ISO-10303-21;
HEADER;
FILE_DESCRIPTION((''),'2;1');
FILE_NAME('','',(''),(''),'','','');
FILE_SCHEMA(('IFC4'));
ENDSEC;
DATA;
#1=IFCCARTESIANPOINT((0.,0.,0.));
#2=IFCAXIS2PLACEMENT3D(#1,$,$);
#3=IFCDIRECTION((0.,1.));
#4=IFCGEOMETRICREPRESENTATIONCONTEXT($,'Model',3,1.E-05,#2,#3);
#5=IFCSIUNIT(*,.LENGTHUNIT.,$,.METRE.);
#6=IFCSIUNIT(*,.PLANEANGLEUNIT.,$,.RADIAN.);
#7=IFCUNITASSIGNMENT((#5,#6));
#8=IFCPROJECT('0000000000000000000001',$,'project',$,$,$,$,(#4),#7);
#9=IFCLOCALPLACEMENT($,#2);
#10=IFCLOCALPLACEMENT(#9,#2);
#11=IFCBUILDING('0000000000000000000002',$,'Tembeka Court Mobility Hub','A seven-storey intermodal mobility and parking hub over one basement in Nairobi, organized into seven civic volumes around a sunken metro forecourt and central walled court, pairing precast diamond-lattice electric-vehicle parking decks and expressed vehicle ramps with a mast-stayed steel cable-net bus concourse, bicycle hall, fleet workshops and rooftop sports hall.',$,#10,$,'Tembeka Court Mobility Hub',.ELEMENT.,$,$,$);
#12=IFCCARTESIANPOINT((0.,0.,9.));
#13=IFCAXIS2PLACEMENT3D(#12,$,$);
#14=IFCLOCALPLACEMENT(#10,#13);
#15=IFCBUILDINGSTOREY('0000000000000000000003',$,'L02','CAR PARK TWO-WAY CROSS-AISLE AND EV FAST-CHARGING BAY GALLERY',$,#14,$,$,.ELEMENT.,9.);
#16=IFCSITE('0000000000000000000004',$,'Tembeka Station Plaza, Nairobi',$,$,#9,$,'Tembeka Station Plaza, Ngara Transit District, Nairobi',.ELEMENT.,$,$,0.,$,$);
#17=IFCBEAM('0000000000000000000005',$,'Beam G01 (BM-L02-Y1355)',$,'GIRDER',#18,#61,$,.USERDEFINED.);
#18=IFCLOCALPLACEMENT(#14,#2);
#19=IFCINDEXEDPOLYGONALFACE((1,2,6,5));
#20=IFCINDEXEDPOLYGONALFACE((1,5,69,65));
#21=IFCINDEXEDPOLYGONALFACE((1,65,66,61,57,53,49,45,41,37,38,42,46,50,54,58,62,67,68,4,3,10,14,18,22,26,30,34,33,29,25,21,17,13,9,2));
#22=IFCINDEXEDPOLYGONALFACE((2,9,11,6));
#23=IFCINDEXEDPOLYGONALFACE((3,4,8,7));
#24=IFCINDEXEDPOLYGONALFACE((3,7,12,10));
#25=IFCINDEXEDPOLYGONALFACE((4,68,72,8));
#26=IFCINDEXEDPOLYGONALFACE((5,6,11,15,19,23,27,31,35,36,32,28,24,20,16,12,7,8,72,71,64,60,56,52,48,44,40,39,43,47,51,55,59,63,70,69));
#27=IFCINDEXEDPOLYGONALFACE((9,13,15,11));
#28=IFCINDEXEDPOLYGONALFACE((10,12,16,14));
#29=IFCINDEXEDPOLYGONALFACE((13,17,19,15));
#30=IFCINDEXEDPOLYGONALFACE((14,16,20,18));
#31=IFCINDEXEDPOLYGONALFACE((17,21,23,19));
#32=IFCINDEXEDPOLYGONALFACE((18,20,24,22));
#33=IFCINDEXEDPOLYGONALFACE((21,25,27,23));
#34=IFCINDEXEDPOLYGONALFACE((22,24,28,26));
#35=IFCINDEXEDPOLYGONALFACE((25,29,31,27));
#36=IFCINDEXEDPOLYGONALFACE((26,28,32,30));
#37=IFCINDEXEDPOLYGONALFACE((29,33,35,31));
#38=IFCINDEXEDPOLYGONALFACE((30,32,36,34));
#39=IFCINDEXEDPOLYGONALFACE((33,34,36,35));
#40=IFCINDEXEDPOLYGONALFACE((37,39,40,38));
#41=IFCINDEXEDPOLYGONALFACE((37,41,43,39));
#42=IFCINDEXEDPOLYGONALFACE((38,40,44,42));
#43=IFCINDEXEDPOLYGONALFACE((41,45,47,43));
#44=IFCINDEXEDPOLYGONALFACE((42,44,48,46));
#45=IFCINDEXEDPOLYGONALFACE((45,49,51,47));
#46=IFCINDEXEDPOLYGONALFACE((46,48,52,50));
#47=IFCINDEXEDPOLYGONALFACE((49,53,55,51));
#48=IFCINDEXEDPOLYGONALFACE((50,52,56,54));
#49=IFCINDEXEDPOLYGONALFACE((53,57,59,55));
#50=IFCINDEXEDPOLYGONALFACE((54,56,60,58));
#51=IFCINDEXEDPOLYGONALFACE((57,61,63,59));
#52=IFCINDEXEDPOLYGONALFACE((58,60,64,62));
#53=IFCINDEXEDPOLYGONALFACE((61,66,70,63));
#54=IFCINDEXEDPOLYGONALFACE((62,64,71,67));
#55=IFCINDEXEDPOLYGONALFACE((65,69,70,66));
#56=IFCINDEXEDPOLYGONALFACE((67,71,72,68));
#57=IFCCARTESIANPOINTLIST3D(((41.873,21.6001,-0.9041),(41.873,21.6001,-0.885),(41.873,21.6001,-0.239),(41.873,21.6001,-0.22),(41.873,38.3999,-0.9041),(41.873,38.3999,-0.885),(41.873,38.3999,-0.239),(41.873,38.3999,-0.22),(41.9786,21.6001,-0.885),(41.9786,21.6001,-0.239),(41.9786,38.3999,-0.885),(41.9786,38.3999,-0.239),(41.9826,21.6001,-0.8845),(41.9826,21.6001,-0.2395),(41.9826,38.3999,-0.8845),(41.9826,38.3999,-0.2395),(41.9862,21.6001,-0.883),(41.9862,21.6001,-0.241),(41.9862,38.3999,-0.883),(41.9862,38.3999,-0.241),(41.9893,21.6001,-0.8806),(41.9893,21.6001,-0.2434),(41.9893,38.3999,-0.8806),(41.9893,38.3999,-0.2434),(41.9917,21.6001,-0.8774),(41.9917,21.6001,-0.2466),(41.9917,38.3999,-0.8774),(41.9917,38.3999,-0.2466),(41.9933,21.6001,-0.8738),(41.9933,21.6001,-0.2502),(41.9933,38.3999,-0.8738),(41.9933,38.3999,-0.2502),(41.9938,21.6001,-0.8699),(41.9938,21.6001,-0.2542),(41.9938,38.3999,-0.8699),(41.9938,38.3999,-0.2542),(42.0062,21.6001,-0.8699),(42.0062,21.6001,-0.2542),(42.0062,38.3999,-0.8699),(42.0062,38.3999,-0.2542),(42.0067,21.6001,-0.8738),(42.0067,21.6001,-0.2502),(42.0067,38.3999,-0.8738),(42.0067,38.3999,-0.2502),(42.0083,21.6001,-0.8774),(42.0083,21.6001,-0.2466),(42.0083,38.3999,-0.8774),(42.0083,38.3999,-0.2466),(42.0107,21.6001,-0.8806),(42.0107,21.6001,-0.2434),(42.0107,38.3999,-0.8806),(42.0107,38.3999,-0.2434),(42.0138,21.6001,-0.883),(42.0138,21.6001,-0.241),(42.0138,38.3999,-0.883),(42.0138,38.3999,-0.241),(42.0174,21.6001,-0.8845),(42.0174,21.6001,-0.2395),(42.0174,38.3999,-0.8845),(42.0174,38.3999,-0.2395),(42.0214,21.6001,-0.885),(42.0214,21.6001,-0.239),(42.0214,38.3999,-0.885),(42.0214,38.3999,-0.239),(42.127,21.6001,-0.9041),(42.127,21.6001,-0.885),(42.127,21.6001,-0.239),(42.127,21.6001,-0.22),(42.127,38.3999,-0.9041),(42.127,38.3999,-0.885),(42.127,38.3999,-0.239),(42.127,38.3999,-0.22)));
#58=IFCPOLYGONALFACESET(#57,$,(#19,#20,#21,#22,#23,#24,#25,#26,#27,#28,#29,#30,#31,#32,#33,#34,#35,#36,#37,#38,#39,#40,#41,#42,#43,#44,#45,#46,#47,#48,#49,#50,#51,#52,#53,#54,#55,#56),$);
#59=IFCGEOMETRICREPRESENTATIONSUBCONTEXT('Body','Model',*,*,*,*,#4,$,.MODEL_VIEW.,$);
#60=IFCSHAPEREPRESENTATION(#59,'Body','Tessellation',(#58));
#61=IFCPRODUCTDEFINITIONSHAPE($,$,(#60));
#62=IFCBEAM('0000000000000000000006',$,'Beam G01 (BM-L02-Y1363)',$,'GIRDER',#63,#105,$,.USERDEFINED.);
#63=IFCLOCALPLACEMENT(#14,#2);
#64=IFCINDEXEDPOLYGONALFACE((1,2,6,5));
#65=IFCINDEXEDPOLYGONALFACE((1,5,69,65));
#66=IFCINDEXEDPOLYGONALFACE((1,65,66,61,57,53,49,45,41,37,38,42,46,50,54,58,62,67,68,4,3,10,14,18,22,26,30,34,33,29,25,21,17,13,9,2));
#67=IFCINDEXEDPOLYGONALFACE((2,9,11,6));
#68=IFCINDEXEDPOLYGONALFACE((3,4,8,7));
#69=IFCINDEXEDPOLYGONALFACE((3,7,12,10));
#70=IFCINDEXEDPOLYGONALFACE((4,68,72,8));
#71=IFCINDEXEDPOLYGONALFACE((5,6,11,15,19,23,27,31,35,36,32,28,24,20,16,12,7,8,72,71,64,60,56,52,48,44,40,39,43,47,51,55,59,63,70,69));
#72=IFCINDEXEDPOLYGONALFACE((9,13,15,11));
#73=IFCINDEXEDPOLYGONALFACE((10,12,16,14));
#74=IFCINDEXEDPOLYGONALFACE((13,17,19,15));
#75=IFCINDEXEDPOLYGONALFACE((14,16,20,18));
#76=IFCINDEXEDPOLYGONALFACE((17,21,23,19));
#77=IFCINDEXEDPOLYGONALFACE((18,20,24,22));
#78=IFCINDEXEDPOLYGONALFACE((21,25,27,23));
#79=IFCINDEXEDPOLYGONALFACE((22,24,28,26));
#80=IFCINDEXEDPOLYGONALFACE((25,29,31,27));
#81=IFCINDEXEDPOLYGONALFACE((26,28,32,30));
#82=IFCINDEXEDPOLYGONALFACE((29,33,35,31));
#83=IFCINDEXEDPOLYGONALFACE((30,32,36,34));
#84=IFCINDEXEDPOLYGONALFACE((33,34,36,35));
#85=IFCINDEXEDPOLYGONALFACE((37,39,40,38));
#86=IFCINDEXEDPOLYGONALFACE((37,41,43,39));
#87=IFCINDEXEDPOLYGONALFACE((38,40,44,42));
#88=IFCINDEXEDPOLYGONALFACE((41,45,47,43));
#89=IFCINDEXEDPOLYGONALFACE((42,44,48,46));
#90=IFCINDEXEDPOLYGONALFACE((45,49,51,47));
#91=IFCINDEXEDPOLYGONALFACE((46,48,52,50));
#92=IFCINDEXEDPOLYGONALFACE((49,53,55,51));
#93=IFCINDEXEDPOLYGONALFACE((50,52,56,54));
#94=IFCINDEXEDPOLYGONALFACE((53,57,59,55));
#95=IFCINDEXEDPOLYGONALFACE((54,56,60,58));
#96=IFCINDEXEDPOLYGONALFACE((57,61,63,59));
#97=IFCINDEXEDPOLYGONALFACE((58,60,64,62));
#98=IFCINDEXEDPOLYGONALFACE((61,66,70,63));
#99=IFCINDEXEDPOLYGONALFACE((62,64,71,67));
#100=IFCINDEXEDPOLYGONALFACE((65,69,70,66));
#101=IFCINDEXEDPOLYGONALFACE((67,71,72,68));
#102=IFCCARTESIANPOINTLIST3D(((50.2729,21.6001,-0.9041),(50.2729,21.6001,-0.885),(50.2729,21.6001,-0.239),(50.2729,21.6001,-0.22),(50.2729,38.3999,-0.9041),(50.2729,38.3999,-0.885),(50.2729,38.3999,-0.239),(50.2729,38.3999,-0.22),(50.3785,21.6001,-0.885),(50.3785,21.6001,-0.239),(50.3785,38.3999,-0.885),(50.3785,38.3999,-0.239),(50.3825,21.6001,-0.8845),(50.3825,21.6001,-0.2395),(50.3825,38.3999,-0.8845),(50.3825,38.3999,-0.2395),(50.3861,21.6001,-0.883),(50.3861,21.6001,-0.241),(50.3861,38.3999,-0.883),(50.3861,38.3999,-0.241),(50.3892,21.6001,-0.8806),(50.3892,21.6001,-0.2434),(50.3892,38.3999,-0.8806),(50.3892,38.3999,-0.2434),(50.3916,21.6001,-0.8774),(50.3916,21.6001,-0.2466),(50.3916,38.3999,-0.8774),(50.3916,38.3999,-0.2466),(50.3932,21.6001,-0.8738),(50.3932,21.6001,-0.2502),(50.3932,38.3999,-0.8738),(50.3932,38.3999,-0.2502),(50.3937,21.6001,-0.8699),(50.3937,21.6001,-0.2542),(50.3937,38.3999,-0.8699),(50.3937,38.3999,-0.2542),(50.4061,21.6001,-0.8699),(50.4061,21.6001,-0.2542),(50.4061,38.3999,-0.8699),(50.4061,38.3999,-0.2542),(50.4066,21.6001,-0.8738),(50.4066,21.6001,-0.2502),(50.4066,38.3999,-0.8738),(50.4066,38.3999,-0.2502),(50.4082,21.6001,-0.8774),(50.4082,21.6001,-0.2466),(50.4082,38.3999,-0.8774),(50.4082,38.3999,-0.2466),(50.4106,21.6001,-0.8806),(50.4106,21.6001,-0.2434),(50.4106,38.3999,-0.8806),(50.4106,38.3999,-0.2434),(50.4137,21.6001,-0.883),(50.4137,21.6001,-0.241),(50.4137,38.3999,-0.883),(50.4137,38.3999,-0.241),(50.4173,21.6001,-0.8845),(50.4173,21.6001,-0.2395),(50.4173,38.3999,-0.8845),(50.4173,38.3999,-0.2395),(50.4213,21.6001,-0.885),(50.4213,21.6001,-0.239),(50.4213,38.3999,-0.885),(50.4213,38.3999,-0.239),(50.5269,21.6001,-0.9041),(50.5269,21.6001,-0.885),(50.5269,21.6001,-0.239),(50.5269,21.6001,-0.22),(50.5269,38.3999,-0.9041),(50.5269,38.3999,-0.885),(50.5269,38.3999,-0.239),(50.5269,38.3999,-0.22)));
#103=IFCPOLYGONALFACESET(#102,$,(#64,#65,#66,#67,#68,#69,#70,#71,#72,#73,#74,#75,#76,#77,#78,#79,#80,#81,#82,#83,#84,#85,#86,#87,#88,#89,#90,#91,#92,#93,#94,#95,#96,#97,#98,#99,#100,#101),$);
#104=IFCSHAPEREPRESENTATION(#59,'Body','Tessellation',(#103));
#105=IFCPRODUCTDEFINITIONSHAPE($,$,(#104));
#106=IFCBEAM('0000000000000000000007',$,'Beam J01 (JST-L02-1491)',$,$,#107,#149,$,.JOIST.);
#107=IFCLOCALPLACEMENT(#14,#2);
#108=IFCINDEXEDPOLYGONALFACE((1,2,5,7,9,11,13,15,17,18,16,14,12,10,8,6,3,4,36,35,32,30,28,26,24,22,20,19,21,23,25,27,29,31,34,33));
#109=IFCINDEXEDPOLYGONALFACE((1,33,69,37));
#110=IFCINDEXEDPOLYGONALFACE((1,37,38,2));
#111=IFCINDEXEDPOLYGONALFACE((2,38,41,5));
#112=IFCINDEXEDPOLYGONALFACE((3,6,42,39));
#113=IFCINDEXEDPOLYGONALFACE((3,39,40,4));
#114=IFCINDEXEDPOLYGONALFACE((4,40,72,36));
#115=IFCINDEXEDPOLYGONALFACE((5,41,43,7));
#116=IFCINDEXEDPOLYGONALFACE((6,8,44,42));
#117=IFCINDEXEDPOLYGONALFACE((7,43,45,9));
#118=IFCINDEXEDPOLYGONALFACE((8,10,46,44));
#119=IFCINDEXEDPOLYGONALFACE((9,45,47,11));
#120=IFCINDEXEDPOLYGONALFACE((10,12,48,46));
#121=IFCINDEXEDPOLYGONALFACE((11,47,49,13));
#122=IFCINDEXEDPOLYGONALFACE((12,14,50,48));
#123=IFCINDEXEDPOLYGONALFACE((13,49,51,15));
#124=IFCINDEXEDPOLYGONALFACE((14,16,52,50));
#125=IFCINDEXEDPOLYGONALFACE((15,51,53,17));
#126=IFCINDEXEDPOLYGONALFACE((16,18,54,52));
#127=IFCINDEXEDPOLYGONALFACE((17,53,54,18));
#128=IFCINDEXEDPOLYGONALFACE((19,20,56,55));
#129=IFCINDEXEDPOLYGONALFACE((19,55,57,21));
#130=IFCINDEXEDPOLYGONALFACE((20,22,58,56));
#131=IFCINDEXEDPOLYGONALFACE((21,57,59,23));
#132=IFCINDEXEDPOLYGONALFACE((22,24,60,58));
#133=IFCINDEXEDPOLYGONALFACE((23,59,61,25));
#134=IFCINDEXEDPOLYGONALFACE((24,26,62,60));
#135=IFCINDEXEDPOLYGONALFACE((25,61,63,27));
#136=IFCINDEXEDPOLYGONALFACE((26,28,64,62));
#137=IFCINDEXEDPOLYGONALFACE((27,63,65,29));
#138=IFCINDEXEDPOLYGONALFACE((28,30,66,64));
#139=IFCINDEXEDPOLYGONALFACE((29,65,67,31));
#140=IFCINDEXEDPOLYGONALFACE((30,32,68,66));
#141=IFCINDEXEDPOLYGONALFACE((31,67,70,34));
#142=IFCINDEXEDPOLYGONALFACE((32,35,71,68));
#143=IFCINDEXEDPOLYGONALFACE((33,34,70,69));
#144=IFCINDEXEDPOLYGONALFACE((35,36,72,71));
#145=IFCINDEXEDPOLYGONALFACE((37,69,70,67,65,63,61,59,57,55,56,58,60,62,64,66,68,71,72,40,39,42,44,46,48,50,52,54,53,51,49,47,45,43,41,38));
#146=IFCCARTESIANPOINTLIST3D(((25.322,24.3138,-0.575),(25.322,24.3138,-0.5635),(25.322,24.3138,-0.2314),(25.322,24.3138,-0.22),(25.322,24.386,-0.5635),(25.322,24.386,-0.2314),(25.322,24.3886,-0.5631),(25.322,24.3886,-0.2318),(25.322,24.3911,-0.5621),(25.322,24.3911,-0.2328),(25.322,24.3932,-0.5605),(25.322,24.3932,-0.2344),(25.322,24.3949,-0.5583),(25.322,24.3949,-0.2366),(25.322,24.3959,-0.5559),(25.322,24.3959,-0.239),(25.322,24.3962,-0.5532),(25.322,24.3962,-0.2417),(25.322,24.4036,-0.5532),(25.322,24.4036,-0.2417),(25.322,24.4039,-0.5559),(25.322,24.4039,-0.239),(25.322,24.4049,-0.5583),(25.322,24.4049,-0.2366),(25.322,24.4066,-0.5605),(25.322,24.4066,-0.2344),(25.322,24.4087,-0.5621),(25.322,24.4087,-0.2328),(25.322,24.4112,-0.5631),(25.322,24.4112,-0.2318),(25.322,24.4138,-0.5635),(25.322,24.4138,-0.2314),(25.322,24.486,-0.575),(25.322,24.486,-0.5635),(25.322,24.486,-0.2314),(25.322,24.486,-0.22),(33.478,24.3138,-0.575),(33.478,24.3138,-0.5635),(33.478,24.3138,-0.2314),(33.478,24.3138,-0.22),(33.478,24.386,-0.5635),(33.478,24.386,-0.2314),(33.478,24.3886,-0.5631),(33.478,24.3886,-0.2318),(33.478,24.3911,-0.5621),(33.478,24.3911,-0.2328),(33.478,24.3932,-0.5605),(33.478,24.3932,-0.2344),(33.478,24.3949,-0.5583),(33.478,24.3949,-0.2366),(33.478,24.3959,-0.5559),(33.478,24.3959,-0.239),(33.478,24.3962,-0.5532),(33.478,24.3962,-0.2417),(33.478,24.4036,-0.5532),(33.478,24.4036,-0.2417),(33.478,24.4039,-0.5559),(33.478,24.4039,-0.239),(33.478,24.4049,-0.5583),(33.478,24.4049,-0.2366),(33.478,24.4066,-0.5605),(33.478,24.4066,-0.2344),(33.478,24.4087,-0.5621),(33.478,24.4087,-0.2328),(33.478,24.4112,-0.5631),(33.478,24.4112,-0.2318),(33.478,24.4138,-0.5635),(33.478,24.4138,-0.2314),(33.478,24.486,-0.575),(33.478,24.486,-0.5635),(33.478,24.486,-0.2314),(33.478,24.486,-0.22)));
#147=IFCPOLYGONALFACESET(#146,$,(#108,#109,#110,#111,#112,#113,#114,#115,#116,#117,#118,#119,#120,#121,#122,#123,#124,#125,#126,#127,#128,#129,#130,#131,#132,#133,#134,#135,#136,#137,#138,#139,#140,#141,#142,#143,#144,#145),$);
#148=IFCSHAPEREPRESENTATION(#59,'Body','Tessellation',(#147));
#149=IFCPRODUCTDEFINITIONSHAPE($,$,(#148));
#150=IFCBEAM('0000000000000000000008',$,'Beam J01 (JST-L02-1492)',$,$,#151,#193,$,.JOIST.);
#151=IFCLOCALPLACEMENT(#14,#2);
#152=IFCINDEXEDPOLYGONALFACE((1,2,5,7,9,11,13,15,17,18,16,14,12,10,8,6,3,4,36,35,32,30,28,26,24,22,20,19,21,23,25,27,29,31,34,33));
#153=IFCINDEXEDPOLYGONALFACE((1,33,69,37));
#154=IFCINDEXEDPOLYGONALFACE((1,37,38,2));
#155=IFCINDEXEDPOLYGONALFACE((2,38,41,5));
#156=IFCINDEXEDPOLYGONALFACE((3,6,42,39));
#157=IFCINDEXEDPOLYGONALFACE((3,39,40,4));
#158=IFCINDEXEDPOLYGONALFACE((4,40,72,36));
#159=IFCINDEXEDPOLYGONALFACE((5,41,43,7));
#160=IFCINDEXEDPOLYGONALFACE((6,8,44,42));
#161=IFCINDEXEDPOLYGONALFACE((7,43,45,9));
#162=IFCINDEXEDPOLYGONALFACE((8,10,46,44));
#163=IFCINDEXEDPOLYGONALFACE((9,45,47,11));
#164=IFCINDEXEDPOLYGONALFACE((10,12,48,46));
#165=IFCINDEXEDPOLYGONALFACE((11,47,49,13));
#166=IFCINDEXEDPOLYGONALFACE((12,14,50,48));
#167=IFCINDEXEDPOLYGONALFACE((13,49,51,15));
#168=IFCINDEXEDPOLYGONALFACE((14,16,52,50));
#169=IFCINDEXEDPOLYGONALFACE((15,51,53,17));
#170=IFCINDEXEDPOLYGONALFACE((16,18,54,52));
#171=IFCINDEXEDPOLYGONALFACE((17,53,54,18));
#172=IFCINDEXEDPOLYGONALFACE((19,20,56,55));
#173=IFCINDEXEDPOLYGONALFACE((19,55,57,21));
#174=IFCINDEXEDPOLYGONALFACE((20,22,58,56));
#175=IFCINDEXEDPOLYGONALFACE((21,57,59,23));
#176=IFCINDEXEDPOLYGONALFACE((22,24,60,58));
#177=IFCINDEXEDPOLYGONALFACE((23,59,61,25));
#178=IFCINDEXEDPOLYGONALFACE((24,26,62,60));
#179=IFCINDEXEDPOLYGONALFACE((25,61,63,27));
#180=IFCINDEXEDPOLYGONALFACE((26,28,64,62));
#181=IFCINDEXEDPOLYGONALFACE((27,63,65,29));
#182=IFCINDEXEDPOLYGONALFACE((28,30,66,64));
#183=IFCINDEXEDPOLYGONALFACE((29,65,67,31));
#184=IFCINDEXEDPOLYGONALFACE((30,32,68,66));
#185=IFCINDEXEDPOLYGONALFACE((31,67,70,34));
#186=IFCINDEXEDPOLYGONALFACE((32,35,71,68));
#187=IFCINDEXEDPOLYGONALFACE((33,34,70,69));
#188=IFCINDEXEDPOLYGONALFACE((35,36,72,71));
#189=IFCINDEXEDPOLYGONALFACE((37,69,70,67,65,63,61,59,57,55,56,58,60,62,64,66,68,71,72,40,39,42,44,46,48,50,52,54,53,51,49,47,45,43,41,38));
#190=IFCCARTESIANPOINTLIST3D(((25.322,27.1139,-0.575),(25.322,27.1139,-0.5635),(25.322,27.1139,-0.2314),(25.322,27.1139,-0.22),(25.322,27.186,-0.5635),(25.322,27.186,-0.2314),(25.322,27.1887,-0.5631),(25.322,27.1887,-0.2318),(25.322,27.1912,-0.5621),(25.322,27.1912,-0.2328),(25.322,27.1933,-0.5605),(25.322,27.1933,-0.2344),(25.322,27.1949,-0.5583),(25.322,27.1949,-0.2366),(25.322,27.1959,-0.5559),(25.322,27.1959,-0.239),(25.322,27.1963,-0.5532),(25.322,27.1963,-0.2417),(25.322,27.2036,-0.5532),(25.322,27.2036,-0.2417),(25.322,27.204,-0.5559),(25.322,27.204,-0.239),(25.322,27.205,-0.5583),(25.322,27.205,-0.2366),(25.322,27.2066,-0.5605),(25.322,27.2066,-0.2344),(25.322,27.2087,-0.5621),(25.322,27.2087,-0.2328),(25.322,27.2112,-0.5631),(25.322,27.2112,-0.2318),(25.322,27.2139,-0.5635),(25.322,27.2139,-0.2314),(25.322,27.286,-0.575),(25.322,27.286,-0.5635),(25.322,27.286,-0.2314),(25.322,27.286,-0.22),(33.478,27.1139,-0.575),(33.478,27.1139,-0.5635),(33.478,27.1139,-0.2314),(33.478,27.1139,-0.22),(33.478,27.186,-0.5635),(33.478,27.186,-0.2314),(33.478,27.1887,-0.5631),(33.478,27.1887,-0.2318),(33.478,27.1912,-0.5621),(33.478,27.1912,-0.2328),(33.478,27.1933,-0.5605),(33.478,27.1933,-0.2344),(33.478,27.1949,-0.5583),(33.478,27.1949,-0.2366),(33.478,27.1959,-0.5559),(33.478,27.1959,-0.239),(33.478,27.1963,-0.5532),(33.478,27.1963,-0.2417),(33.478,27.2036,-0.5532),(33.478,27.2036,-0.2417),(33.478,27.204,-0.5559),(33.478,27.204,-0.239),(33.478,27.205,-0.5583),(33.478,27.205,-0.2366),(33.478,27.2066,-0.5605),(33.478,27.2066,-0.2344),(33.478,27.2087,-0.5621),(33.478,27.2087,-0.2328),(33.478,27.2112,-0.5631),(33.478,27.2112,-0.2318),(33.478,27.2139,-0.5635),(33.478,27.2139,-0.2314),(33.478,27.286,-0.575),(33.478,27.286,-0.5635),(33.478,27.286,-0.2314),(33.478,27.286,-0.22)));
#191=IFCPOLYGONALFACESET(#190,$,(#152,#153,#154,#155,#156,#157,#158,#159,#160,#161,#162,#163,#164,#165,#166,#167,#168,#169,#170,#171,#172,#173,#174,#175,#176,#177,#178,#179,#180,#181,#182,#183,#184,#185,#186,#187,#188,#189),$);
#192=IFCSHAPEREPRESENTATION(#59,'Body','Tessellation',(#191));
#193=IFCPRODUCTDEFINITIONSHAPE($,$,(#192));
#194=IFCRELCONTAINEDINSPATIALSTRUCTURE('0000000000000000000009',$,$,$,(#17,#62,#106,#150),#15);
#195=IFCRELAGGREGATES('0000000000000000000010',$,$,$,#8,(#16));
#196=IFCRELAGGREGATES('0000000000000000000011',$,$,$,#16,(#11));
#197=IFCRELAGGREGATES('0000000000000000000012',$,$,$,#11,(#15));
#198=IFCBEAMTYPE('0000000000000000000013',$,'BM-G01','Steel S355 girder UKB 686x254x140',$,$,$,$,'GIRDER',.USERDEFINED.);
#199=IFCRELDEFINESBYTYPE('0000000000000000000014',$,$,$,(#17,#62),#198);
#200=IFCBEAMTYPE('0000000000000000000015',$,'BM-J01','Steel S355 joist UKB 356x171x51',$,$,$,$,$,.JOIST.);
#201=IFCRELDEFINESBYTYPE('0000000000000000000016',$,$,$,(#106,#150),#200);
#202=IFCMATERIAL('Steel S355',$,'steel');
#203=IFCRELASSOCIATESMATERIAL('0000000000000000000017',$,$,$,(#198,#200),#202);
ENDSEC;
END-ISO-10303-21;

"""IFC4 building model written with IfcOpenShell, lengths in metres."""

from ifc_helpers import new_model, si_unit, direction, frame, origin, origin_2d, place, context, subcontext, project, spatial, i_section, extrude, material, material_profile, profile_set, type_object, element, save


model = new_model("IFC4")

# Units and contexts
model_context = context("Model", 3, precision=1e-05, world=origin(), true_north=direction((0.0, 1.0)))
body_context = subcontext(model_context, "Body", "Model", "MODEL_VIEW")
ifc_project = project(units=[si_unit("LENGTHUNIT", "METRE"), si_unit("PLANEANGLEUNIT", "RADIAN")], contexts=[model_context])

# Site, building, storey
site_placement = place(None, origin())
site = spatial("IfcSite", under=ifc_project, at=site_placement, Name="Tembeka Station Plaza, Nairobi", LongName="Tembeka Station Plaza, Ngara Transit District, Nairobi", CompositionType="ELEMENT", RefElevation=0.0)
building_placement = place(site_placement, origin())
building = spatial("IfcBuilding", under=site, at=building_placement, Name="Tembeka Court Mobility Hub", Description="A seven-storey intermodal mobility and parking hub over one basement in Nairobi, organized into seven civic volumes around a sunken metro forecourt and central walled court, pairing precast diamond-lattice electric-vehicle parking decks and expressed vehicle ramps with a mast-stayed steel cable-net bus concourse, bicycle hall, fleet workshops and rooftop sports hall.", LongName="Tembeka Court Mobility Hub", CompositionType="ELEMENT")
storey_placement = place(building_placement, frame((0.0, 0.0, 9.0)))
storey = spatial("IfcBuildingStorey", under=building, at=storey_placement, Name="L02", Description="CAR PARK TWO-WAY CROSS-AISLE AND EV FAST-CHARGING BAY GALLERY", CompositionType="ELEMENT", Elevation=9.0)

# Shared definitions
ifc_material_1 = material(Name="Steel S355", Category="steel")

# Beams
ifc_material_profile_1 = material_profile(ifc_material_1, i_section(OverallWidth=0.2539, OverallDepth=0.6841, WebThickness=0.0125, FlangeThickness=0.019, FilletRadius=0.0151, at=origin_2d()), Name="UKB 686x254x140")
ifc_profile_set_1 = profile_set([ifc_material_profile_1], Name="Steel S355")
beam_type_1 = type_object("IfcBeamType", Name="BM-G01", Description="Steel S355 girder UKB 686x254x140", ElementType="GIRDER", PredefinedType="USERDEFINED", material=ifc_profile_set_1)
for number, where, z_axis, x_axis, name in (
    (1, (42.0, 21.6001, -0.562), (0.0, 1.0, 0.0), (-1.0, 0.0, 0.0), "Beam G01 (BM-L02-Y1355)"),
    (2, (50.3999, 21.6001, -0.562), (0.0, 1.0, 0.0), (-1.0, 0.0, 0.0), "Beam G01 (BM-L02-Y1363)"),
):
    element("IfcBeam", number, at=place(storey_placement, frame(where, z_axis=z_axis, x_axis=x_axis)), inside=storey, type_object=beam_type_1, Name=name, ObjectType="GIRDER", PredefinedType="USERDEFINED", context=body_context, shape_type="SweptSolid", body=[
        extrude(i_section(OverallWidth=0.2539, OverallDepth=0.6841, WebThickness=0.0125, FlangeThickness=0.019, FilletRadius=0.0151, at=origin_2d()), origin(), (0.0, 0.0, 1.0), 16.7998),
    ])
ifc_material_profile_2 = material_profile(ifc_material_1, i_section(OverallWidth=0.1721, OverallDepth=0.355, WebThickness=0.0073, FlangeThickness=0.0115, FilletRadius=0.0103, at=origin_2d()), Name="UKB 356x171x51")
ifc_profile_set_2 = profile_set([ifc_material_profile_2], Name="Steel S355")
beam_type_2 = type_object("IfcBeamType", Name="BM-J01", Description="Steel S355 joist UKB 356x171x51", PredefinedType="JOIST", material=ifc_profile_set_2)
for number, where, z_axis, x_axis, name in (
    (3, (25.322, 24.3999, -0.3975), (1.0, 0.0, 0.0), (0.0, 1.0, 0.0), "Beam J01 (JST-L02-1491)"),
    (4, (25.322, 27.2, -0.3975), (1.0, 0.0, 0.0), (0.0, 1.0, 0.0), "Beam J01 (JST-L02-1492)"),
):
    element("IfcBeam", number, at=place(storey_placement, frame(where, z_axis=z_axis, x_axis=x_axis)), inside=storey, type_object=beam_type_2, Name=name, PredefinedType="JOIST", context=body_context, shape_type="SweptSolid", body=[
        extrude(i_section(OverallWidth=0.1721, OverallDepth=0.355, WebThickness=0.0073, FlangeThickness=0.0115, FilletRadius=0.0103, at=origin_2d()), origin(), (0.0, 0.0, 1.0), 8.156),
    ])

save(model, "model.ifc")
